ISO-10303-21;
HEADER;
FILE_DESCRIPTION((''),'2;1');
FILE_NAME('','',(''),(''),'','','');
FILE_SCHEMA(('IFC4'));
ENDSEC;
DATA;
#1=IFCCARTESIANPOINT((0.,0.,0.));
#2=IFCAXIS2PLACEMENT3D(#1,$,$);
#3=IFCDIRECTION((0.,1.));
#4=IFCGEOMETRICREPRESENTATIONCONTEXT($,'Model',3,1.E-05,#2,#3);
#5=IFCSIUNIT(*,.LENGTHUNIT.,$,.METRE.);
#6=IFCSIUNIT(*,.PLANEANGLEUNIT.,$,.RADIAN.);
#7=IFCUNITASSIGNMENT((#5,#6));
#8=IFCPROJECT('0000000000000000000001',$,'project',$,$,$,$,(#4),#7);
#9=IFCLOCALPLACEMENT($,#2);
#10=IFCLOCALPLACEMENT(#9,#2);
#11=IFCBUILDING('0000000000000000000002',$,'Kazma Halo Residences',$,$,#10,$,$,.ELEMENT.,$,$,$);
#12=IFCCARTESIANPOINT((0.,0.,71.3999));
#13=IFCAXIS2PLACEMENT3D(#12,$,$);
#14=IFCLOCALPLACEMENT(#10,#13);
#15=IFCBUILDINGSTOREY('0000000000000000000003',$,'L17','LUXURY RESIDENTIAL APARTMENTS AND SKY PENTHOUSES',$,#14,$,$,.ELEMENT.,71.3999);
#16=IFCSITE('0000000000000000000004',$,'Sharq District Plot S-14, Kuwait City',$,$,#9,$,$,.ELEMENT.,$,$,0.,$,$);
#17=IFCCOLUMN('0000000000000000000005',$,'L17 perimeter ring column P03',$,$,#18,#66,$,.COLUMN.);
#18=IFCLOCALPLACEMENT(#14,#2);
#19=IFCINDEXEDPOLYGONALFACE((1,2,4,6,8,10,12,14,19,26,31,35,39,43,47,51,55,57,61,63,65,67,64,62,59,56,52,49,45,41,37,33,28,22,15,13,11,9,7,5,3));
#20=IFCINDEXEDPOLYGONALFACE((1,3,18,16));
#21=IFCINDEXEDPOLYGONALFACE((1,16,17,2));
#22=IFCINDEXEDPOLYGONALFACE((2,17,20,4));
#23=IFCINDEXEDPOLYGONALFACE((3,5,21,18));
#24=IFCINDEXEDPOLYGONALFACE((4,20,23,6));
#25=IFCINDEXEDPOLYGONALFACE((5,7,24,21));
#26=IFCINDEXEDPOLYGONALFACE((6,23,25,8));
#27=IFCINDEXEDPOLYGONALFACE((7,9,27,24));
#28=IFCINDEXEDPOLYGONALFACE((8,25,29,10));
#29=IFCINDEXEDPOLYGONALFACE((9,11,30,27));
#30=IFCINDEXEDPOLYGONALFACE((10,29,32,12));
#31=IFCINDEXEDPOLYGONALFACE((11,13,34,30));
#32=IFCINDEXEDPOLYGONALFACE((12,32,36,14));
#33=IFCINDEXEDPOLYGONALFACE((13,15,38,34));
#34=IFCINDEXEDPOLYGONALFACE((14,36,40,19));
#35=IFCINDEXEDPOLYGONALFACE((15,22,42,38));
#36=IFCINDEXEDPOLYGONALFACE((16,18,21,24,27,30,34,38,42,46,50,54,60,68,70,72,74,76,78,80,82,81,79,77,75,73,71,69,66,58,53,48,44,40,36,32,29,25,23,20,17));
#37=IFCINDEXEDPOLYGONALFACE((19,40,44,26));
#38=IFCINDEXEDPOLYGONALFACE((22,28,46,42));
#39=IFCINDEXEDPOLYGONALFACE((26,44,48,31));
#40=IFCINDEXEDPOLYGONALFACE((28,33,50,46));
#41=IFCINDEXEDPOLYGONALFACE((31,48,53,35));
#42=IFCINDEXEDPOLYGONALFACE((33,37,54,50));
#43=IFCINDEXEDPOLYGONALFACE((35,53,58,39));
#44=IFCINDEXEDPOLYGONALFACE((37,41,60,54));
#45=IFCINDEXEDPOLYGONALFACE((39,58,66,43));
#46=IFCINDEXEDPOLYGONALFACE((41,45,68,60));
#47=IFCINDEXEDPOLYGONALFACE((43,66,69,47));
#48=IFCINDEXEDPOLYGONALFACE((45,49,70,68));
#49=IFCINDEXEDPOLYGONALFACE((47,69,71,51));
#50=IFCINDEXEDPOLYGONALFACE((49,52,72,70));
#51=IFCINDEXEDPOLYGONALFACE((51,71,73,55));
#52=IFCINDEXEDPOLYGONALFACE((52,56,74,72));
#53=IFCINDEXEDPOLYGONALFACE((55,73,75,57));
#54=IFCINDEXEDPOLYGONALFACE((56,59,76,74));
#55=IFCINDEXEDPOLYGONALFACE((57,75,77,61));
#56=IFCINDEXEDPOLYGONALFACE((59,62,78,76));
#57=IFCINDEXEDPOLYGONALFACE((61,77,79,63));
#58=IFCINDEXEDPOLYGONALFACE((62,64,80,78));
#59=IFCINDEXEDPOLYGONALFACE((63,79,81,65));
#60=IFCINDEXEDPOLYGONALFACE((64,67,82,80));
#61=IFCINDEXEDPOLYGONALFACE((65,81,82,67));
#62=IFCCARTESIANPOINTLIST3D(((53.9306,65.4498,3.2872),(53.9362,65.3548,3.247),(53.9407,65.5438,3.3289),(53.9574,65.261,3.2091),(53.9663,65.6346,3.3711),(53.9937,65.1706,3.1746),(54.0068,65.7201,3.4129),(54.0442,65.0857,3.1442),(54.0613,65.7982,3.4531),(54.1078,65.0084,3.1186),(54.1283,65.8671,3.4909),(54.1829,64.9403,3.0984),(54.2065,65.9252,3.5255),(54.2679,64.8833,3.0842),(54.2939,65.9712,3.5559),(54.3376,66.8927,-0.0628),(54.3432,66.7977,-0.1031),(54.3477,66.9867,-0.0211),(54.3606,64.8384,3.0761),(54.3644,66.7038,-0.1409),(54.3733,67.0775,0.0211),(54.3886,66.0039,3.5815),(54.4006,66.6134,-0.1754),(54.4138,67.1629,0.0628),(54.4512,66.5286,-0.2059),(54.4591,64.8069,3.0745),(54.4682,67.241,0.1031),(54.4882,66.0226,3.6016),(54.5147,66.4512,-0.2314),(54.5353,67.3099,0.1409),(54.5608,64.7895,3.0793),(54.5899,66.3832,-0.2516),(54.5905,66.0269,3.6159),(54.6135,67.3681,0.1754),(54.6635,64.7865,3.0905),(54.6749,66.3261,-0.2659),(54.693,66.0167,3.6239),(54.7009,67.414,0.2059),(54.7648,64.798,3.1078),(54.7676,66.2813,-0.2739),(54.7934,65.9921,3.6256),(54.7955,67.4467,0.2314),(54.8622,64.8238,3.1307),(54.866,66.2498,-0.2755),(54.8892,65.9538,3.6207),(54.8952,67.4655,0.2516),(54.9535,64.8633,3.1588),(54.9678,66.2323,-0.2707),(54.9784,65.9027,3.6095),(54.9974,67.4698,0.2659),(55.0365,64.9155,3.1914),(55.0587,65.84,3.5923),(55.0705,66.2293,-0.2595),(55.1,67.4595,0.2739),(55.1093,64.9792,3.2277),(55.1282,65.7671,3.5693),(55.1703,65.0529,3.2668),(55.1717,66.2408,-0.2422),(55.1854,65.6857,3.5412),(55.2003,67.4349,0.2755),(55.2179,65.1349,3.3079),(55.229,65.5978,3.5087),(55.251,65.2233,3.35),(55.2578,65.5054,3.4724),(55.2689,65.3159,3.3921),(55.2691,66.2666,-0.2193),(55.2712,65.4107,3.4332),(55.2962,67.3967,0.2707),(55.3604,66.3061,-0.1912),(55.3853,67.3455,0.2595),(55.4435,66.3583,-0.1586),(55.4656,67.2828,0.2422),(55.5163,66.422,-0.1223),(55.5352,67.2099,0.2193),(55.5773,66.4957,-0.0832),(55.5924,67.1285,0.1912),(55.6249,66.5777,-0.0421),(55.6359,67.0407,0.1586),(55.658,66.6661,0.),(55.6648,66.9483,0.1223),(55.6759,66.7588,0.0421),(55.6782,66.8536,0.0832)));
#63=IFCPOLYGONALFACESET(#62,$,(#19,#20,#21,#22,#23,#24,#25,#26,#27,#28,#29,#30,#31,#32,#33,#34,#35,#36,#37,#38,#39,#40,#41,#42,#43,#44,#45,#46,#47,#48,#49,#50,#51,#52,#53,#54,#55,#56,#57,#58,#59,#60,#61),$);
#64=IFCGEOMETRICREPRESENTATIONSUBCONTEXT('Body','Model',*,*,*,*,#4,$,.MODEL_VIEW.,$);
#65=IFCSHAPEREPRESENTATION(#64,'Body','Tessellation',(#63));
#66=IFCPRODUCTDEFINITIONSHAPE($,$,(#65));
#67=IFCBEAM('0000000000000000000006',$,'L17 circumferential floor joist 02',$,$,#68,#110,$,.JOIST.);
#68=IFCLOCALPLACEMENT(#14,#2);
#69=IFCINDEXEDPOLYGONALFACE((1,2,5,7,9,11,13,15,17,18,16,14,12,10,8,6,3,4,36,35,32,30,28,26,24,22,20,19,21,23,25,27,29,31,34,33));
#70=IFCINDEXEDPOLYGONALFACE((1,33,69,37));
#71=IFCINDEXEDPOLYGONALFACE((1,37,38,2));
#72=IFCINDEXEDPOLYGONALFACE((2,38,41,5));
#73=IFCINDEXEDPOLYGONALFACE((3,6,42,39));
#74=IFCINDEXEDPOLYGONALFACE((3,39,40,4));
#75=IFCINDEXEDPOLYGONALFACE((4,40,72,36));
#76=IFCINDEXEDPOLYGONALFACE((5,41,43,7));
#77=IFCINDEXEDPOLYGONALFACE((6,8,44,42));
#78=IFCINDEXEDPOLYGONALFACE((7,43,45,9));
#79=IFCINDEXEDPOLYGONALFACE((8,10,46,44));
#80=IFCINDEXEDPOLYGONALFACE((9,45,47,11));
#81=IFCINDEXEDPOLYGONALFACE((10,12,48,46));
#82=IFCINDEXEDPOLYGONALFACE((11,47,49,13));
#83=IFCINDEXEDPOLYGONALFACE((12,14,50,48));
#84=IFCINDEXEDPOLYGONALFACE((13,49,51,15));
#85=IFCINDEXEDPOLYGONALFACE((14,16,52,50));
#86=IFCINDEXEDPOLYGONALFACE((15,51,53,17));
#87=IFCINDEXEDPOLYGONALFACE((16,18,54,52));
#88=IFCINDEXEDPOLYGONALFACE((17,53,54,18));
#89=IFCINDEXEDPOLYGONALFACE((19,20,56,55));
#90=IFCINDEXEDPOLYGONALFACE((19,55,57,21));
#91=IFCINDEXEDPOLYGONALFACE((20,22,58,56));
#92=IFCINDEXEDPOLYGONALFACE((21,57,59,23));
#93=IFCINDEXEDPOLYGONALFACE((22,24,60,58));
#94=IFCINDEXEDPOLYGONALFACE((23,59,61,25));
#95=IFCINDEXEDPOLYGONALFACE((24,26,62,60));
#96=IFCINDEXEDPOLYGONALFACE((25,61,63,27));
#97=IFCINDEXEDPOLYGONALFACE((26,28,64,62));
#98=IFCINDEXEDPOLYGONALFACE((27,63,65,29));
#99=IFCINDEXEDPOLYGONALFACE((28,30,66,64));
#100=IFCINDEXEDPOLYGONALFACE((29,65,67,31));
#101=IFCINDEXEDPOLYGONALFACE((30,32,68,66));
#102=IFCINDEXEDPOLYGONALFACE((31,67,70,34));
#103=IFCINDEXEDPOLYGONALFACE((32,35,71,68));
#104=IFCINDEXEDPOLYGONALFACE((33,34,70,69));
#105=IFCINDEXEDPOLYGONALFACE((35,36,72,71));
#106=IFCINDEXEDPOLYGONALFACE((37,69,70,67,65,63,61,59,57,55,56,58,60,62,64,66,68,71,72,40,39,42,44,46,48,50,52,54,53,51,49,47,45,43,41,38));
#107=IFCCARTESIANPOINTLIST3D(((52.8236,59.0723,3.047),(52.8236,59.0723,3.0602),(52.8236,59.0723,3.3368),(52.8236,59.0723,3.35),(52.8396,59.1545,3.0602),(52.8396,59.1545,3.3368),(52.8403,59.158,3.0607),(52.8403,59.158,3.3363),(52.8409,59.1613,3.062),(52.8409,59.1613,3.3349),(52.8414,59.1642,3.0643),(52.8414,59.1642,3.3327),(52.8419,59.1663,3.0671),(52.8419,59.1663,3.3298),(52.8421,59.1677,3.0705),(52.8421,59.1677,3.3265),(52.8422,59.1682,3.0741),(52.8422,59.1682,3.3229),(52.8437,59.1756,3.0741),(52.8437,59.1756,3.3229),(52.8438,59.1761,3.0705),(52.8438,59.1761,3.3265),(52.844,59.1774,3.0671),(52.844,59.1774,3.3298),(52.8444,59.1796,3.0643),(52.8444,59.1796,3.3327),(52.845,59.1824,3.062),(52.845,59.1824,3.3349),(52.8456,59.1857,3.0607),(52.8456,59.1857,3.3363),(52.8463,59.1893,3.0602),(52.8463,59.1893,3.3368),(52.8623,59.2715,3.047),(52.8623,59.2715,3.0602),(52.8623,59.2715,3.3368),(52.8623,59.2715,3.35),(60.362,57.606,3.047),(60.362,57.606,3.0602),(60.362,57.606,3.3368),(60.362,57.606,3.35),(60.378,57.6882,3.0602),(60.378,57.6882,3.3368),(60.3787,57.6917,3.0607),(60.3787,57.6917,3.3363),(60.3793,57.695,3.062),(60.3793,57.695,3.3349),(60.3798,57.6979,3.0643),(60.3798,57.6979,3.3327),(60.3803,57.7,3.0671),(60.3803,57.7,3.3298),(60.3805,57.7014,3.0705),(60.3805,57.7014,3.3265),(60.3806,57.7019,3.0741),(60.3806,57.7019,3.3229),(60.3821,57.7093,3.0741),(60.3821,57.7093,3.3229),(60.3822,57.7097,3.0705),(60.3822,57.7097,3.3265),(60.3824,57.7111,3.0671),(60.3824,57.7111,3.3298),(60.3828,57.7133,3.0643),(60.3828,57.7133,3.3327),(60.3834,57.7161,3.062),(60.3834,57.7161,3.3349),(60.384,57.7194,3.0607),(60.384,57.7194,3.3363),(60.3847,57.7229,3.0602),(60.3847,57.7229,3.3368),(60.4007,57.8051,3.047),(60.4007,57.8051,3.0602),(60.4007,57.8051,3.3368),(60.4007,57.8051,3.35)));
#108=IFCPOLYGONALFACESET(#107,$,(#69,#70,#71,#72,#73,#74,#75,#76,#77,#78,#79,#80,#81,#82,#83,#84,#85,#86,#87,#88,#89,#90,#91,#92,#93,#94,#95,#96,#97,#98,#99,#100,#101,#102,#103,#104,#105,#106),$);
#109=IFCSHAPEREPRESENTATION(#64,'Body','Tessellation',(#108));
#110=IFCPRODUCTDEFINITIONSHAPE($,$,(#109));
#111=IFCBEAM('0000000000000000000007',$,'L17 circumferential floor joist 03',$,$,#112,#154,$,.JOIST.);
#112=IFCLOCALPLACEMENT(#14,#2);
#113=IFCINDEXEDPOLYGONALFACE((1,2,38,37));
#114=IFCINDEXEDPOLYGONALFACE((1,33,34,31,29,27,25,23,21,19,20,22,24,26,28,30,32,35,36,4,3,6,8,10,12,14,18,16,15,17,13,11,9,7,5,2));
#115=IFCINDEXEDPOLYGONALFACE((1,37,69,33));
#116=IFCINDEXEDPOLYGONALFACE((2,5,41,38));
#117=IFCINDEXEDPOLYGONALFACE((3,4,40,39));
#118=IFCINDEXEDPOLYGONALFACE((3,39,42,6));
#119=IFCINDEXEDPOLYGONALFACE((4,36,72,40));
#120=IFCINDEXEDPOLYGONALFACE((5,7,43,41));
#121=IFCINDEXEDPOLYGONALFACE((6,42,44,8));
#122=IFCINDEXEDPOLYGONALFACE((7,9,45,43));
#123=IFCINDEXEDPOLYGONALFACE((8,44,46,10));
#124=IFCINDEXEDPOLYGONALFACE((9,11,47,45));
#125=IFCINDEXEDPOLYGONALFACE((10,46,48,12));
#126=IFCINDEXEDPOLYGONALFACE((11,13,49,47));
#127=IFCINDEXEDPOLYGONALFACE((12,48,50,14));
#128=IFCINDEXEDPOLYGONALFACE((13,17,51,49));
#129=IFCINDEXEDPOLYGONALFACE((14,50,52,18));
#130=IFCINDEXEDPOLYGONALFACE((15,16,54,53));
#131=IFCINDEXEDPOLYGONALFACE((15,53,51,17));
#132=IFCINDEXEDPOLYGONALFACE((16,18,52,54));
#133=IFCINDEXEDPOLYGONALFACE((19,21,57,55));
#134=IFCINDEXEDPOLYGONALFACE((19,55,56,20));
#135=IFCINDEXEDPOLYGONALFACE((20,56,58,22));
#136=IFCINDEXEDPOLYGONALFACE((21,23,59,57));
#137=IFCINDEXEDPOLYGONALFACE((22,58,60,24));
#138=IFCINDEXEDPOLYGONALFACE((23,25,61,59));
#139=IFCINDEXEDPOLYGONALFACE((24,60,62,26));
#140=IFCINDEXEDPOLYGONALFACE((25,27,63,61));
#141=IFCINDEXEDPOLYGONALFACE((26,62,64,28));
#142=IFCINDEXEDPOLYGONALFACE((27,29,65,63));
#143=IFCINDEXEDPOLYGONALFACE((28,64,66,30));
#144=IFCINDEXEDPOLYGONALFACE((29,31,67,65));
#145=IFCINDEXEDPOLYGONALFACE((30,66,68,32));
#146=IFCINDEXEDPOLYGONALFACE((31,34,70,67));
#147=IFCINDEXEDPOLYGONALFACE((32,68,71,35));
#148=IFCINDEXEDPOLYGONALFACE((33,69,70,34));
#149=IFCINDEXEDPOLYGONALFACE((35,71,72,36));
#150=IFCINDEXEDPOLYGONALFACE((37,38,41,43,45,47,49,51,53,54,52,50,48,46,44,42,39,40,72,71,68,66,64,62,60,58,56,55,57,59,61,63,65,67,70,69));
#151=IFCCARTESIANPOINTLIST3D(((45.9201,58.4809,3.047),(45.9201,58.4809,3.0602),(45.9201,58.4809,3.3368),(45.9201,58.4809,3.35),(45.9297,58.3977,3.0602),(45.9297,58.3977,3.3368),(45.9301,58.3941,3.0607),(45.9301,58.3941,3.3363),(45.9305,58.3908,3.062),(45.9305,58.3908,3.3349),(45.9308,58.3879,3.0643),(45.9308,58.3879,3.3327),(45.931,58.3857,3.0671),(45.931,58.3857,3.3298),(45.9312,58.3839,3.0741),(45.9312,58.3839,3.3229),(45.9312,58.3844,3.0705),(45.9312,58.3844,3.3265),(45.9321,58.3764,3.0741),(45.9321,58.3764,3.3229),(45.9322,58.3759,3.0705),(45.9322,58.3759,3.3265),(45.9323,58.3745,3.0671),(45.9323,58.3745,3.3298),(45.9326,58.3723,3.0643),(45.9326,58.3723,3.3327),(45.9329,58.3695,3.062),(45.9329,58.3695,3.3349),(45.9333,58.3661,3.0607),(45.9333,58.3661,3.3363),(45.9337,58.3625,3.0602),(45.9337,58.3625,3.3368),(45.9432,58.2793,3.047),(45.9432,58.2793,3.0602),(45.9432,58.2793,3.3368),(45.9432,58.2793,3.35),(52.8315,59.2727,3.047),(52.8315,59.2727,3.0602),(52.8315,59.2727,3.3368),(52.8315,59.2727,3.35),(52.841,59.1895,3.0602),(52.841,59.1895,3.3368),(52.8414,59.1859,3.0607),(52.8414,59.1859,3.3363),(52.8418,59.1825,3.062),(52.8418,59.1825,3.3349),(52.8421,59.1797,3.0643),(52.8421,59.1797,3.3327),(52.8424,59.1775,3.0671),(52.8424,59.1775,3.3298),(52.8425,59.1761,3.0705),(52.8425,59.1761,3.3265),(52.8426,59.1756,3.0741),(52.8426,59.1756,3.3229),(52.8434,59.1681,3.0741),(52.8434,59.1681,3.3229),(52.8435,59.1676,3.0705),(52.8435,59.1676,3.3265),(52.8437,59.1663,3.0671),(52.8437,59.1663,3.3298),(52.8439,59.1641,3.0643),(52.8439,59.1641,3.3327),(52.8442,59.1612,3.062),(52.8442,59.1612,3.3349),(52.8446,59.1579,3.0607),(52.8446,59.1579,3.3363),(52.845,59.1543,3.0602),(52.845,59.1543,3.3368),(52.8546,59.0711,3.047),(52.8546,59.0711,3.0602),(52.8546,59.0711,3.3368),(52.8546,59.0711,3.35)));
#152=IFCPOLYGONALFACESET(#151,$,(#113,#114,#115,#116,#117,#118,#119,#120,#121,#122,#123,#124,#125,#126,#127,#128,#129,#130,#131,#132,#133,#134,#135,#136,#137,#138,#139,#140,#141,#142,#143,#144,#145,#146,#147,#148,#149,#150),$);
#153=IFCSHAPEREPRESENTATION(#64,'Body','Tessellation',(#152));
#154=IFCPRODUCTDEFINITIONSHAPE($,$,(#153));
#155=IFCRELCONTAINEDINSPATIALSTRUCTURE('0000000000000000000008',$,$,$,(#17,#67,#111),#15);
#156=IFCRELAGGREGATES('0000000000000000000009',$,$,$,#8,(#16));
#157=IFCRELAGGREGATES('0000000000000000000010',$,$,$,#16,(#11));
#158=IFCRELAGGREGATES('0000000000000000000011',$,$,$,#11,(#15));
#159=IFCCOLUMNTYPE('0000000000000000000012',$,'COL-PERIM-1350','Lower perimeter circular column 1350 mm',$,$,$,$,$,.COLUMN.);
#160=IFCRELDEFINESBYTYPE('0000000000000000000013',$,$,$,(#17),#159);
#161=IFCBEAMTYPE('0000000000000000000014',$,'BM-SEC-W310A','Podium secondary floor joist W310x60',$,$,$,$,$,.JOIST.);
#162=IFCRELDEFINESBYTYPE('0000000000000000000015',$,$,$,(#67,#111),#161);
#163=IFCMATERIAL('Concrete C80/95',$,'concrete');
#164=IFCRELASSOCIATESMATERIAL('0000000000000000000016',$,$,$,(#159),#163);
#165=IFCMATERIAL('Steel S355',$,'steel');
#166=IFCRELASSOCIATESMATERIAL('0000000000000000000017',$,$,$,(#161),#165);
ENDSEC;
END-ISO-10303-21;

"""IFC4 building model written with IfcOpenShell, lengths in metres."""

from ifc_helpers import new_model, si_unit, direction, frame, origin, origin_2d, place, context, subcontext, project, spatial, circle, i_section, extrude, material, material_profile, profile_set, type_object, element, save


model = new_model("IFC4")

# Units and contexts
model_context = context("Model", 3, precision=1e-05, world=origin(), true_north=direction((0.0, 1.0)))
body_context = subcontext(model_context, "Body", "Model", "MODEL_VIEW")
ifc_project = project(units=[si_unit("LENGTHUNIT", "METRE"), si_unit("PLANEANGLEUNIT", "RADIAN")], contexts=[model_context])

# Site, building, storey
site_placement = place(None, origin())
site = spatial("IfcSite", under=ifc_project, at=site_placement, Name="Sharq District Plot S-14, Kuwait City", CompositionType="ELEMENT", RefElevation=0.0)
building_placement = place(site_placement, origin())
building = spatial("IfcBuilding", under=site, at=building_placement, Name="Kazma Halo Residences", CompositionType="ELEMENT")
storey_placement = place(building_placement, frame((0.0, 0.0, 71.3999)))
storey = spatial("IfcBuildingStorey", under=building, at=storey_placement, Name="L17", Description="LUXURY RESIDENTIAL APARTMENTS AND SKY PENTHOUSES", CompositionType="ELEMENT", Elevation=71.3999)

# Column
ifc_material_1 = material(Name="Concrete C80/95", Category="concrete")
ifc_material_profile_1 = material_profile(ifc_material_1, circle(Radius=0.675, at=origin_2d()), Name="CIRC1350")
ifc_profile_set_1 = profile_set([ifc_material_profile_1], Name="Concrete C80/95")
column_type = type_object("IfcColumnType", Name="COL-PERIM-1350", Description="Lower perimeter circular column 1350 mm", PredefinedType="COLUMN", material=ifc_profile_set_1)
column_placement = place(storey_placement, frame((55.0083, 66.8494, 0.0), z_axis=(-0.110887, -0.393127, 0.912773), x_axis=(0.962446, -0.271472, 0.0)))
element("IfcColumn", 1, at=column_placement, inside=storey, type_object=column_type, Name="L17 perimeter ring column P03", PredefinedType="COLUMN", context=body_context, shape_type="SweptSolid", body=[
    extrude(circle(Radius=0.675, at=origin_2d()), origin(), (0.0, 0.0, 1.0), 3.6702),
])

# Beams
ifc_material_2 = material(Name="Steel S355", Category="steel")
ifc_material_profile_2 = material_profile(ifc_material_2, i_section(OverallWidth=0.2029, OverallDepth=0.303, WebThickness=0.0076, FlangeThickness=0.0132, FilletRadius=0.0139, at=origin_2d()), Name="W310x60")
ifc_profile_set_2 = profile_set([ifc_material_profile_2], Name="Steel S355")
beam_type_1 = type_object("IfcBeamType", Name="BM-SEC-W310A", Description="Podium secondary floor joist W310x60", PredefinedType="JOIST", material=ifc_profile_set_2)
beam_1_placement = place(storey_placement, frame((60.3813, 57.7056, 3.1985), z_axis=(-0.981603, 0.190935, 0.0), x_axis=(-0.190935, -0.981603, 0.0)))
element("IfcBeam", 2, at=beam_1_placement, inside=storey, type_object=beam_type_1, Name="L17 circumferential floor joist 02", PredefinedType="JOIST", context=body_context, shape_type="SweptSolid", body=[
    extrude(i_section(OverallWidth=0.2029, OverallDepth=0.303, WebThickness=0.0076, FlangeThickness=0.0132, FilletRadius=0.0139, at=origin_2d()), origin(), (0.0, 0.0, 1.0), 7.6797),
])
beam_2_placement = place(storey_placement, frame((52.843, 59.1719, 3.1985), z_axis=(-0.993502, -0.113813, 0.0), x_axis=(0.113813, -0.993502, 0.0)))
element("IfcBeam", 3, at=beam_2_placement, inside=storey, type_object=beam_type_1, Name="L17 circumferential floor joist 03", PredefinedType="JOIST", context=body_context, shape_type="SweptSolid", body=[
    extrude(i_section(OverallWidth=0.2029, OverallDepth=0.303, WebThickness=0.0076, FlangeThickness=0.0132, FilletRadius=0.0139, at=origin_2d()), origin(), (0.0, 0.0, 1.0), 6.9565),
])

save(model, "model.ifc")
